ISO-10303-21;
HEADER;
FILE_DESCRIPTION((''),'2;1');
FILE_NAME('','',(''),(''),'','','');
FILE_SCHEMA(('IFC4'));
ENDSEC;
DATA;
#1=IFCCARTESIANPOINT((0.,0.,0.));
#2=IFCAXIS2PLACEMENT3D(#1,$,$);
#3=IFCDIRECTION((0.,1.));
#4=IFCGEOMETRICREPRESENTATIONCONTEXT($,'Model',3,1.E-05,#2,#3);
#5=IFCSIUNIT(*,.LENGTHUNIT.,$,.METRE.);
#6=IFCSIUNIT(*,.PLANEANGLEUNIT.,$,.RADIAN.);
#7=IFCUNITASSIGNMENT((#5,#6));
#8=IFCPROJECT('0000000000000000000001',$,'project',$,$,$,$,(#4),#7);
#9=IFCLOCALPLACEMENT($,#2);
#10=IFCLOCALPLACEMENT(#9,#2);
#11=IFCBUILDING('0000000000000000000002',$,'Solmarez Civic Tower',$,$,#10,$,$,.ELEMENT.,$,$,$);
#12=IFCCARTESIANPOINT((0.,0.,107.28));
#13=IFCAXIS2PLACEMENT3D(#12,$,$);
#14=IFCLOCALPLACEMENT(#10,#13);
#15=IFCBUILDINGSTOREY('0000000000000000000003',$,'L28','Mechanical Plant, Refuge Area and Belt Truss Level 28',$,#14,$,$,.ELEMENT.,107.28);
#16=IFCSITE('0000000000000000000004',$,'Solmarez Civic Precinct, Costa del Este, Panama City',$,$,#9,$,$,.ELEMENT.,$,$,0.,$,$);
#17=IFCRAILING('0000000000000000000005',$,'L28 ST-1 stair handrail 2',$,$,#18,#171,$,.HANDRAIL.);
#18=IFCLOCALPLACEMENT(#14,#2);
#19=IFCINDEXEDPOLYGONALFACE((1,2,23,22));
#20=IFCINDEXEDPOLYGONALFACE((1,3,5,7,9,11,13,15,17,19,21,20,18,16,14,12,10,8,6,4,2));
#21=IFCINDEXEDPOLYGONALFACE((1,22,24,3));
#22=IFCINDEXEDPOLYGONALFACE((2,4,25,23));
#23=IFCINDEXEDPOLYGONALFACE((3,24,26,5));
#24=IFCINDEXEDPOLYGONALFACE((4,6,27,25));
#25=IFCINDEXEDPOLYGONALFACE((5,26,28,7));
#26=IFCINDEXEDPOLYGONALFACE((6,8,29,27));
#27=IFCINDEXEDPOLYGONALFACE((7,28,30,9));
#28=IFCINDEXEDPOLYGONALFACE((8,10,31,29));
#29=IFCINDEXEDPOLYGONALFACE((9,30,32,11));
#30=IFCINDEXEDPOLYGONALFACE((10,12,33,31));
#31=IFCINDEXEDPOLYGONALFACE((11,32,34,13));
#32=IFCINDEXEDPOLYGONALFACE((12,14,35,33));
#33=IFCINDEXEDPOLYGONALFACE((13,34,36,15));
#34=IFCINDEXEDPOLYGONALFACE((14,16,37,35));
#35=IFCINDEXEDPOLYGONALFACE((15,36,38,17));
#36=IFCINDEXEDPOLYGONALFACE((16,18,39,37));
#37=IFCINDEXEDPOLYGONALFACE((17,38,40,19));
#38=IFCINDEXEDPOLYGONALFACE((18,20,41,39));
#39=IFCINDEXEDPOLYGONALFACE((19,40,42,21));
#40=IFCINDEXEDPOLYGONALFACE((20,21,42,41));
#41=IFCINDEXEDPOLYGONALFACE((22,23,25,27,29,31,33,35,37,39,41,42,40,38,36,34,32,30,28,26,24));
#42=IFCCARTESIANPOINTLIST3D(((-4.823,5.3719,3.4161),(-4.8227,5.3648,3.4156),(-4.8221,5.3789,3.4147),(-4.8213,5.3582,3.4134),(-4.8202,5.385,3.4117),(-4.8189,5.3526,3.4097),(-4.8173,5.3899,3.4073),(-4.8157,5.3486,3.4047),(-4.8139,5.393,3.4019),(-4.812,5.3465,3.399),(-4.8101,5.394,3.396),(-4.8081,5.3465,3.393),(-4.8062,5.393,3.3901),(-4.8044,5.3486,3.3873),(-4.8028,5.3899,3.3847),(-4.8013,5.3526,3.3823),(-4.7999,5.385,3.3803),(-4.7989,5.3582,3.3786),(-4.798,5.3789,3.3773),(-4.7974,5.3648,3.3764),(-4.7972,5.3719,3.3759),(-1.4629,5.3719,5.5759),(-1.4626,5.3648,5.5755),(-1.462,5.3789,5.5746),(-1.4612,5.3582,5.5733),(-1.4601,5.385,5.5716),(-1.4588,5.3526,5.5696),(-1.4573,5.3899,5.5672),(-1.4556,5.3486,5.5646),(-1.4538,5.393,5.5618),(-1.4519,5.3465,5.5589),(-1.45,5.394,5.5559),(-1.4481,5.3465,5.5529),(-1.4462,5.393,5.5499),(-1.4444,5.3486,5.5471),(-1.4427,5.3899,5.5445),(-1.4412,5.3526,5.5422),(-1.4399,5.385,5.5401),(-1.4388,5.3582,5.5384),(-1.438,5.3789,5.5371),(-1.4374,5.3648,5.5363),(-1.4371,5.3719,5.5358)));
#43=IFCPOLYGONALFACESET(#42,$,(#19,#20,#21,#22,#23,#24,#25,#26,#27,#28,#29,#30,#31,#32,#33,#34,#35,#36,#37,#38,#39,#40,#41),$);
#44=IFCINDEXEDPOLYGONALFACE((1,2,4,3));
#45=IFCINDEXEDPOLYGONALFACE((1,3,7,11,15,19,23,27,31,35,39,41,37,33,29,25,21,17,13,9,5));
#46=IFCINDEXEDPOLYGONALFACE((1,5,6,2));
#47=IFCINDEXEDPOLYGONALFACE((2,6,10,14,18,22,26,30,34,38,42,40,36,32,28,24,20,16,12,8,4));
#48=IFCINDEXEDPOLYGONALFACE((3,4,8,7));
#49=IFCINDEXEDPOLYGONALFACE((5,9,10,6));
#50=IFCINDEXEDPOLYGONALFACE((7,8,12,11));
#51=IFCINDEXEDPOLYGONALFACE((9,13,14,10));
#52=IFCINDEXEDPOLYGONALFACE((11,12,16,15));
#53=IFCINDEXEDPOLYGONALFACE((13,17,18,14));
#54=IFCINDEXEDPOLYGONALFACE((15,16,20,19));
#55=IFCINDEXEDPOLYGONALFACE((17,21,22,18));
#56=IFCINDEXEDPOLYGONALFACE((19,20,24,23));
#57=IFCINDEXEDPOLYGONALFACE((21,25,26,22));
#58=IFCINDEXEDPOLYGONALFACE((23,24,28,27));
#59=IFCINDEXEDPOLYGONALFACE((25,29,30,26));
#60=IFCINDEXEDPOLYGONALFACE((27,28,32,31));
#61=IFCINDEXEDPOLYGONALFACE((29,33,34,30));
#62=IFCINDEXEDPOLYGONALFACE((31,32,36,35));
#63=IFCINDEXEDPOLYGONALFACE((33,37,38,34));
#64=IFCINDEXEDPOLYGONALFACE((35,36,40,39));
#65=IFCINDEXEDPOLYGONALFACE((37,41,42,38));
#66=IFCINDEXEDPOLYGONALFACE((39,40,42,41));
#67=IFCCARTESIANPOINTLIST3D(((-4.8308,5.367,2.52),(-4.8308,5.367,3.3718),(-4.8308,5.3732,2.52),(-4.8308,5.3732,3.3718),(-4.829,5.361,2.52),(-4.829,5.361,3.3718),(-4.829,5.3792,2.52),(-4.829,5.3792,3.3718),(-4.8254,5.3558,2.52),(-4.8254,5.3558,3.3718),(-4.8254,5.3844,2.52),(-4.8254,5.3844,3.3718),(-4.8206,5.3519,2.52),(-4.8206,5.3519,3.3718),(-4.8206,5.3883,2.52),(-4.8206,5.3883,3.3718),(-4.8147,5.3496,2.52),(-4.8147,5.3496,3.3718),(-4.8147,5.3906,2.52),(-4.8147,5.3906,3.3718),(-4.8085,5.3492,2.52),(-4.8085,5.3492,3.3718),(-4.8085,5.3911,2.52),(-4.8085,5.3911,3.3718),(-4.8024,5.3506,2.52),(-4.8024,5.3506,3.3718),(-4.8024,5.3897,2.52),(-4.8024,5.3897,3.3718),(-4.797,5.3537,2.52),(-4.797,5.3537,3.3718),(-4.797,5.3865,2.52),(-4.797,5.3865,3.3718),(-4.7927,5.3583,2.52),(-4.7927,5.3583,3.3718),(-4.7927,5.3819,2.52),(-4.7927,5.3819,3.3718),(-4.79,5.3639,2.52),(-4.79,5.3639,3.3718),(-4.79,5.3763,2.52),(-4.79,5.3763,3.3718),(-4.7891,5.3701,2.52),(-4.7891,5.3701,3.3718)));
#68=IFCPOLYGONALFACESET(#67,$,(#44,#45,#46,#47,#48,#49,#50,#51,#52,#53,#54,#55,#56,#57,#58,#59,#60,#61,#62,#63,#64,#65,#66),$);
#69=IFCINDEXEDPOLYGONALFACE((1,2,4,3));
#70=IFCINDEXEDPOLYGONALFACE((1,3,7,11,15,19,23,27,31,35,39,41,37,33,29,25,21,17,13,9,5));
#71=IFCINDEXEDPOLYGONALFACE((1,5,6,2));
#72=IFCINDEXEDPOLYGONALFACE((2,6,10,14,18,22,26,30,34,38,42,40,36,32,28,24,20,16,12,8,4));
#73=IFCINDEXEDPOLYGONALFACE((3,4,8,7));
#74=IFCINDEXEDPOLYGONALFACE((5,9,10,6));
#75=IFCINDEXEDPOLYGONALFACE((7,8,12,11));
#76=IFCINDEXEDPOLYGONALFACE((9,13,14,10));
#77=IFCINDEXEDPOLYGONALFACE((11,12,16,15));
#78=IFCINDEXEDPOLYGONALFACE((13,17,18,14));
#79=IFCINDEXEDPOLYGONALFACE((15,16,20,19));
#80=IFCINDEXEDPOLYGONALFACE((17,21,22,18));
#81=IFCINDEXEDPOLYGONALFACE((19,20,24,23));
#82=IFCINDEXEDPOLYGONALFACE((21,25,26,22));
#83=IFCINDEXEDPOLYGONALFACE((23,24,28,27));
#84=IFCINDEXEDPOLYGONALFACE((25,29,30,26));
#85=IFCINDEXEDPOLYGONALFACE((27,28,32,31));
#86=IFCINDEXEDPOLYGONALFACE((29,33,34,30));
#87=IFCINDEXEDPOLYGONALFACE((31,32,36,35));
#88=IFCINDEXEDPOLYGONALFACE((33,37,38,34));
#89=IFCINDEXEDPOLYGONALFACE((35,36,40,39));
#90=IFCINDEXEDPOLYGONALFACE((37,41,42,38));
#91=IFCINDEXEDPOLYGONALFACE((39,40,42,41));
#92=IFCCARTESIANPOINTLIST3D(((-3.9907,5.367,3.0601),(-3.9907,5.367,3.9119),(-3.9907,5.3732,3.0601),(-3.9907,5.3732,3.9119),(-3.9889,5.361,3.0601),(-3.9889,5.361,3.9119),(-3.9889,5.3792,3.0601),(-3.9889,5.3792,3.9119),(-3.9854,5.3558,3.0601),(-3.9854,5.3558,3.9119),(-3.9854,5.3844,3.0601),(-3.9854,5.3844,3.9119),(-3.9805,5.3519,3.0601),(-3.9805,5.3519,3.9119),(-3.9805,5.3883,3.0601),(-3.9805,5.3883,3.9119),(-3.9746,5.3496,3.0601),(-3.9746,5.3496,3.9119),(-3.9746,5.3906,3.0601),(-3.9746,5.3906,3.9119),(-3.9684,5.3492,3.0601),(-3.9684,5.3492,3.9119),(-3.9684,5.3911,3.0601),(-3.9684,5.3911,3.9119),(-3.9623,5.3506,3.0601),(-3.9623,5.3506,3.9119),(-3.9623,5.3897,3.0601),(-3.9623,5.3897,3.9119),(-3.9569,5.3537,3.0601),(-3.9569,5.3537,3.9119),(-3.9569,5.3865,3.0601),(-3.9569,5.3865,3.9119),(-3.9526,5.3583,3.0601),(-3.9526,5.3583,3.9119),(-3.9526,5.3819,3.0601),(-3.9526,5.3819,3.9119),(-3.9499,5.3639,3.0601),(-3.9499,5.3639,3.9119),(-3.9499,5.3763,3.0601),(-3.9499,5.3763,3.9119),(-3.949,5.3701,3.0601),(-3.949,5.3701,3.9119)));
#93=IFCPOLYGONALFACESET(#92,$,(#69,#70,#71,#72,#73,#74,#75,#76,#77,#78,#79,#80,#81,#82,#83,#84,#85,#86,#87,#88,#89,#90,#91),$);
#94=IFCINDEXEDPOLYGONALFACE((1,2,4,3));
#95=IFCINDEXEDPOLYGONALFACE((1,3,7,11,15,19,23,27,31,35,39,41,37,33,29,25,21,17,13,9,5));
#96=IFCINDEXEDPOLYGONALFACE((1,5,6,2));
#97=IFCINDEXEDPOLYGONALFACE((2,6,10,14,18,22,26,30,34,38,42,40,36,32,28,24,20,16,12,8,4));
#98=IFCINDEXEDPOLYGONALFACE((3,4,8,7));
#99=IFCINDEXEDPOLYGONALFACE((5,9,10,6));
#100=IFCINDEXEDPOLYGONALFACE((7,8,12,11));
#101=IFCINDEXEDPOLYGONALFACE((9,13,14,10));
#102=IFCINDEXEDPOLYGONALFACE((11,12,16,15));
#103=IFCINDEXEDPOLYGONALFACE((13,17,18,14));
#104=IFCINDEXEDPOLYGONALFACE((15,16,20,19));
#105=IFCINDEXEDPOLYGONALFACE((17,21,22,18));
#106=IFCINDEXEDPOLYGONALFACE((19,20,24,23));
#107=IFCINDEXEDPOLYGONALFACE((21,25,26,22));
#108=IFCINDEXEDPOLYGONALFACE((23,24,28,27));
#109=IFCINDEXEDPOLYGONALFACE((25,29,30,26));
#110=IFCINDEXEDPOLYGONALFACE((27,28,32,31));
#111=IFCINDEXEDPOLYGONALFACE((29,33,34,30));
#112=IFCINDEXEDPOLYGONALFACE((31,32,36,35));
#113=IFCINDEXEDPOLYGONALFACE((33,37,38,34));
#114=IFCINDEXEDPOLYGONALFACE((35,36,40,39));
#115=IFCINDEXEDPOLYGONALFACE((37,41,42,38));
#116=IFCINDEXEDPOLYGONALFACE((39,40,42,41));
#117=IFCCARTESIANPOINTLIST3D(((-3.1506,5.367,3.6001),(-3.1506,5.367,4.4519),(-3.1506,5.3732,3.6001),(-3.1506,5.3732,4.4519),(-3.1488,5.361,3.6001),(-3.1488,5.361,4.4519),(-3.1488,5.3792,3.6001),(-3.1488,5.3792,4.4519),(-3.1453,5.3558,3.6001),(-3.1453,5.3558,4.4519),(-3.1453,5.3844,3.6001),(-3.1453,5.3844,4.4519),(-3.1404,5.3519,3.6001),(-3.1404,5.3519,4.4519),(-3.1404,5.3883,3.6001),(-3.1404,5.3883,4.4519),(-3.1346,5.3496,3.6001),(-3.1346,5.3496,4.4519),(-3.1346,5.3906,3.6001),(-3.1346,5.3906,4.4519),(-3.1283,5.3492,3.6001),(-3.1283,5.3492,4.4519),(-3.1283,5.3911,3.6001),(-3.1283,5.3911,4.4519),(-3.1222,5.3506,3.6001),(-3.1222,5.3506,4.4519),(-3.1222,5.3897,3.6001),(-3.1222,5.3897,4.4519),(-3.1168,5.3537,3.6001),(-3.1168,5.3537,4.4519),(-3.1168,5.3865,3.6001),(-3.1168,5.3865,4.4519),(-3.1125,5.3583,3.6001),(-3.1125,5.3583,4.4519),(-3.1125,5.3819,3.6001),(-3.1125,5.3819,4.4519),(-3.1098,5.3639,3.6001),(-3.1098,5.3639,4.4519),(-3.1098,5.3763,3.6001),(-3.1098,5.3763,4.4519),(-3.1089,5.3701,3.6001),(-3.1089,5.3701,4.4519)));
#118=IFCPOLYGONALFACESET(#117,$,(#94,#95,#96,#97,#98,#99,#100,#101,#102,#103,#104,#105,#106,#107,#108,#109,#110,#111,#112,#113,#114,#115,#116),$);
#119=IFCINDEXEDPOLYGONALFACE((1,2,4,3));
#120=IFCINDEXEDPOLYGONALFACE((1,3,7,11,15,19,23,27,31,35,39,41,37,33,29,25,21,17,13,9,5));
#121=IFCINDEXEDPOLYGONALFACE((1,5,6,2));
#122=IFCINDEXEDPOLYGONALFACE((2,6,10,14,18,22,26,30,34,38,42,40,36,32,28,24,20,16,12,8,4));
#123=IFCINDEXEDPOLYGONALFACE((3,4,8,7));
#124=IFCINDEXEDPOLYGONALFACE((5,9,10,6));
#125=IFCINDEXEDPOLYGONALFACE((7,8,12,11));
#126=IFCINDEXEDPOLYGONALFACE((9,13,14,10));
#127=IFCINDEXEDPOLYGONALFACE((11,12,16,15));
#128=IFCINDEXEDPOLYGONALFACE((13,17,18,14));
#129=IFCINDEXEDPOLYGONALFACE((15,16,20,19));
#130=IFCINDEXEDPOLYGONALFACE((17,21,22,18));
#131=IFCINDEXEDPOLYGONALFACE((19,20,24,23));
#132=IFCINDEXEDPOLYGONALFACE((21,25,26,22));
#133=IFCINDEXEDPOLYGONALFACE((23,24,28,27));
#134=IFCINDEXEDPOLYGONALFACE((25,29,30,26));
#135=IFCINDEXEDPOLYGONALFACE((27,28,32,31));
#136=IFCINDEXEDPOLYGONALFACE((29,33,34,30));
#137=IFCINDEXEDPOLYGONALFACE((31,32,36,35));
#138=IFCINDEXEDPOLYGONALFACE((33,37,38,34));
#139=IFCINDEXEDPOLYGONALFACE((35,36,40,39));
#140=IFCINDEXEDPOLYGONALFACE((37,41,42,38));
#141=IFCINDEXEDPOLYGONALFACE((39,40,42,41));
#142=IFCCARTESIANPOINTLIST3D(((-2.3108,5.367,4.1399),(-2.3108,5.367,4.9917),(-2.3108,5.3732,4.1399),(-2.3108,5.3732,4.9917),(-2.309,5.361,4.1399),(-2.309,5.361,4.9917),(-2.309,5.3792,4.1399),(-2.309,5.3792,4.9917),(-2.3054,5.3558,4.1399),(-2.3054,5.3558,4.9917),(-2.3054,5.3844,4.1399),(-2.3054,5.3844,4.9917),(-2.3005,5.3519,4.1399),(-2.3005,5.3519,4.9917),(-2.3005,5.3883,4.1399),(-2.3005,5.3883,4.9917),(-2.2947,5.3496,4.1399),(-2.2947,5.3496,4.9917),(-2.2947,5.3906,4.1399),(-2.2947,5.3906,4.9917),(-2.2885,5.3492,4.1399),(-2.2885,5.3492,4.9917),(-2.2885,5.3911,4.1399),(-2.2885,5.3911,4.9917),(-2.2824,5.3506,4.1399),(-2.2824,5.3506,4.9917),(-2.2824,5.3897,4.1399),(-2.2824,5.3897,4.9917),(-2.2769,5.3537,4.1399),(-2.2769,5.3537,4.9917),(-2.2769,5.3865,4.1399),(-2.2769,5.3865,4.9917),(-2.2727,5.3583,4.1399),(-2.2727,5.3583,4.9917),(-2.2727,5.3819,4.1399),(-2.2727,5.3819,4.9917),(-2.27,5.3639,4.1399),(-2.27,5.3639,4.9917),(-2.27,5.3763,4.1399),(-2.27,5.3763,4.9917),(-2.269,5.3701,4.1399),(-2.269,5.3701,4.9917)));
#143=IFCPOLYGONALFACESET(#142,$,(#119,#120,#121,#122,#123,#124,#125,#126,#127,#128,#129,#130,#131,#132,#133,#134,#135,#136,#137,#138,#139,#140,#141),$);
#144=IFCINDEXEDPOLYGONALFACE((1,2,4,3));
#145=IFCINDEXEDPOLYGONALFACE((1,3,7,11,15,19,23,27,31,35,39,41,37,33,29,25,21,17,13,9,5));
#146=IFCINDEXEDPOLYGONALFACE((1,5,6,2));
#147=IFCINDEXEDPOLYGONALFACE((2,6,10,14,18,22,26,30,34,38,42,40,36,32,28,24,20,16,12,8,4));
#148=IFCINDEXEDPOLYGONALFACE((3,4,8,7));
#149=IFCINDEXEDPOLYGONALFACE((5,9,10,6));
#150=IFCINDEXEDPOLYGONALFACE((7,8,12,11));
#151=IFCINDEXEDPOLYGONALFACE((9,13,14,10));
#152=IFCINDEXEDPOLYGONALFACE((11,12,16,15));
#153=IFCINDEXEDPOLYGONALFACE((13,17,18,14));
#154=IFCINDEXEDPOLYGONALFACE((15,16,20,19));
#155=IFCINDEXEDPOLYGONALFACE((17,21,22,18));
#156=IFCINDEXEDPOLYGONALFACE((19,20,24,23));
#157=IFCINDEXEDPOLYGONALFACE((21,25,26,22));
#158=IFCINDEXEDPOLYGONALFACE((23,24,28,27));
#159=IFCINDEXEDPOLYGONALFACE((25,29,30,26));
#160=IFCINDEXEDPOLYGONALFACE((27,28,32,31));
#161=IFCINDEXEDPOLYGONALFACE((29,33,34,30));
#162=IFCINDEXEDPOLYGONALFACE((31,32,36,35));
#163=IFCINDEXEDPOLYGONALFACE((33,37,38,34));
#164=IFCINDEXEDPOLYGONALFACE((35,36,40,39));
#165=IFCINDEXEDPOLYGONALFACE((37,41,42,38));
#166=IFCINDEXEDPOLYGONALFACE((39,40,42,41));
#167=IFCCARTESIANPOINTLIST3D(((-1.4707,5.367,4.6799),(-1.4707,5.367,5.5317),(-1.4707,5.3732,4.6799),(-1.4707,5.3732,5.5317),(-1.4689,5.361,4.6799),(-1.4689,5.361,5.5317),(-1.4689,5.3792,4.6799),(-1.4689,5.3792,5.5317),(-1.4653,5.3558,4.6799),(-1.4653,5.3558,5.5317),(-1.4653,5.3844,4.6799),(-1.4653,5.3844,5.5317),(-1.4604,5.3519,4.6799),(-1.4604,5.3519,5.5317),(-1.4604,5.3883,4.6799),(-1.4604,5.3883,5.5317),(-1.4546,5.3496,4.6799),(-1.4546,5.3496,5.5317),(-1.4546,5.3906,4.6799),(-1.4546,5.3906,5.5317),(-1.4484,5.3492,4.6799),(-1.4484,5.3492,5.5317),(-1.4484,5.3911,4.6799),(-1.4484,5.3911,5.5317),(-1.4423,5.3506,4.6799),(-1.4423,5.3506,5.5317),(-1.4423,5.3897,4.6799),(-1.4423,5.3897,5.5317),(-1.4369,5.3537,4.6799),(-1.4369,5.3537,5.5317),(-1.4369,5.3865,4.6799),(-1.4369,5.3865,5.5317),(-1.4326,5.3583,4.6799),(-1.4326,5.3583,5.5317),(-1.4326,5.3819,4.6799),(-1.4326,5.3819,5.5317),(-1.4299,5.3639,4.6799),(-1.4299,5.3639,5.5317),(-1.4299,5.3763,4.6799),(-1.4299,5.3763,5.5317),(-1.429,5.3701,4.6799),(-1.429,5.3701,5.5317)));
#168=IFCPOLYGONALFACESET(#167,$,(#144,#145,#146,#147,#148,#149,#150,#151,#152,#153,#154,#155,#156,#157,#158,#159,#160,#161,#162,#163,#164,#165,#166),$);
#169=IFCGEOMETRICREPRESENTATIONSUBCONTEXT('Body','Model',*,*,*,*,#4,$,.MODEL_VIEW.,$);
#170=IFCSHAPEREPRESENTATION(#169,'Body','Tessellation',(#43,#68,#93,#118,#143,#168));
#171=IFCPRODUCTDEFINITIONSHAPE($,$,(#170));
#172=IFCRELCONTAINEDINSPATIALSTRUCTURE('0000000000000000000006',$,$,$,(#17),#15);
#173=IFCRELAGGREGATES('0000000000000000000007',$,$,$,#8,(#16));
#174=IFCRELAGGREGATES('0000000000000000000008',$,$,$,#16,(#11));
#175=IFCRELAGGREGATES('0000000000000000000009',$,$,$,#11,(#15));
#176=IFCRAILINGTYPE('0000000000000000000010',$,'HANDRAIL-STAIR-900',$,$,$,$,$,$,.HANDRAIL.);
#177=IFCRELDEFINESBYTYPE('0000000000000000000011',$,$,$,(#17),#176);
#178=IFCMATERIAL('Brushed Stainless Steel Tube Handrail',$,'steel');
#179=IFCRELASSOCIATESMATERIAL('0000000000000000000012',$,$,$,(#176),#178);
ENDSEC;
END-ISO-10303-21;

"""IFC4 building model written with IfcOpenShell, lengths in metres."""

from ifc_helpers import new_model, si_unit, direction, frame, origin, origin_2d, place, context, subcontext, project, spatial, circle, extrude, material, type_object, element, save


model = new_model("IFC4")

# Units and contexts
model_context = context("Model", 3, precision=1e-05, world=origin(), true_north=direction((0.0, 1.0)))
body_context = subcontext(model_context, "Body", "Model", "MODEL_VIEW")
ifc_project = project(units=[si_unit("LENGTHUNIT", "METRE"), si_unit("PLANEANGLEUNIT", "RADIAN")], contexts=[model_context])

# Site, building, storey
site_placement = place(None, origin())
site = spatial("IfcSite", under=ifc_project, at=site_placement, Name="Solmarez Civic Precinct, Costa del Este, Panama City", CompositionType="ELEMENT", RefElevation=0.0)
building_placement = place(site_placement, origin())
building = spatial("IfcBuilding", under=site, at=building_placement, Name="Solmarez Civic Tower", CompositionType="ELEMENT")
storey_placement = place(building_placement, frame((0.0, 0.0, 107.28)))
storey = spatial("IfcBuildingStorey", under=building, at=storey_placement, Name="L28", Description="Mechanical Plant, Refuge Area and Belt Truss Level 28", CompositionType="ELEMENT", Elevation=107.28)

# Railing
ifc_material_1 = material(Name="Brushed Stainless Steel Tube Handrail", Category="steel")
railing_type_1 = type_object("IfcRailingType", Name="HANDRAIL-STAIR-900", PredefinedType="HANDRAIL", material=ifc_material_1)
railing_1_placement = place(storey_placement, frame((-4.8101, 5.3701, 2.52)))
element("IfcRailing", 1, at=railing_1_placement, inside=storey, type_object=railing_type_1, Name="L28 ST-1 stair handrail 2", PredefinedType="HANDRAIL", context=body_context, shape_type="SweptSolid", body=[
    extrude(circle(Radius=0.0239, at=origin_2d()), frame((0.0, 0.0, 0.876), z_axis=(0.841196, 0.0, 0.54073), x_axis=(0.0, 1.0, 0.0)), (0.0, 0.0, 1.0), 3.9944),
    extrude(circle(Radius=0.021, at=origin_2d()), origin(), (0.0, 0.0, 1.0), 0.8518),
    extrude(circle(Radius=0.021, at=origin_2d()), frame((0.8401, 0.0, 0.54)), (0.0, 0.0, 1.0), 0.8518),
    extrude(circle(Radius=0.021, at=origin_2d()), frame((1.6802, 0.0, 1.0801)), (0.0, 0.0, 1.0), 0.8518),
    extrude(circle(Radius=0.021, at=origin_2d()), frame((2.52, 0.0, 1.6199)), (0.0, 0.0, 1.0), 0.8518),
    extrude(circle(Radius=0.021, at=origin_2d()), frame((3.3601, 0.0, 2.1599)), (0.0, 0.0, 1.0), 0.8518),
])

save(model, "model.ifc")
